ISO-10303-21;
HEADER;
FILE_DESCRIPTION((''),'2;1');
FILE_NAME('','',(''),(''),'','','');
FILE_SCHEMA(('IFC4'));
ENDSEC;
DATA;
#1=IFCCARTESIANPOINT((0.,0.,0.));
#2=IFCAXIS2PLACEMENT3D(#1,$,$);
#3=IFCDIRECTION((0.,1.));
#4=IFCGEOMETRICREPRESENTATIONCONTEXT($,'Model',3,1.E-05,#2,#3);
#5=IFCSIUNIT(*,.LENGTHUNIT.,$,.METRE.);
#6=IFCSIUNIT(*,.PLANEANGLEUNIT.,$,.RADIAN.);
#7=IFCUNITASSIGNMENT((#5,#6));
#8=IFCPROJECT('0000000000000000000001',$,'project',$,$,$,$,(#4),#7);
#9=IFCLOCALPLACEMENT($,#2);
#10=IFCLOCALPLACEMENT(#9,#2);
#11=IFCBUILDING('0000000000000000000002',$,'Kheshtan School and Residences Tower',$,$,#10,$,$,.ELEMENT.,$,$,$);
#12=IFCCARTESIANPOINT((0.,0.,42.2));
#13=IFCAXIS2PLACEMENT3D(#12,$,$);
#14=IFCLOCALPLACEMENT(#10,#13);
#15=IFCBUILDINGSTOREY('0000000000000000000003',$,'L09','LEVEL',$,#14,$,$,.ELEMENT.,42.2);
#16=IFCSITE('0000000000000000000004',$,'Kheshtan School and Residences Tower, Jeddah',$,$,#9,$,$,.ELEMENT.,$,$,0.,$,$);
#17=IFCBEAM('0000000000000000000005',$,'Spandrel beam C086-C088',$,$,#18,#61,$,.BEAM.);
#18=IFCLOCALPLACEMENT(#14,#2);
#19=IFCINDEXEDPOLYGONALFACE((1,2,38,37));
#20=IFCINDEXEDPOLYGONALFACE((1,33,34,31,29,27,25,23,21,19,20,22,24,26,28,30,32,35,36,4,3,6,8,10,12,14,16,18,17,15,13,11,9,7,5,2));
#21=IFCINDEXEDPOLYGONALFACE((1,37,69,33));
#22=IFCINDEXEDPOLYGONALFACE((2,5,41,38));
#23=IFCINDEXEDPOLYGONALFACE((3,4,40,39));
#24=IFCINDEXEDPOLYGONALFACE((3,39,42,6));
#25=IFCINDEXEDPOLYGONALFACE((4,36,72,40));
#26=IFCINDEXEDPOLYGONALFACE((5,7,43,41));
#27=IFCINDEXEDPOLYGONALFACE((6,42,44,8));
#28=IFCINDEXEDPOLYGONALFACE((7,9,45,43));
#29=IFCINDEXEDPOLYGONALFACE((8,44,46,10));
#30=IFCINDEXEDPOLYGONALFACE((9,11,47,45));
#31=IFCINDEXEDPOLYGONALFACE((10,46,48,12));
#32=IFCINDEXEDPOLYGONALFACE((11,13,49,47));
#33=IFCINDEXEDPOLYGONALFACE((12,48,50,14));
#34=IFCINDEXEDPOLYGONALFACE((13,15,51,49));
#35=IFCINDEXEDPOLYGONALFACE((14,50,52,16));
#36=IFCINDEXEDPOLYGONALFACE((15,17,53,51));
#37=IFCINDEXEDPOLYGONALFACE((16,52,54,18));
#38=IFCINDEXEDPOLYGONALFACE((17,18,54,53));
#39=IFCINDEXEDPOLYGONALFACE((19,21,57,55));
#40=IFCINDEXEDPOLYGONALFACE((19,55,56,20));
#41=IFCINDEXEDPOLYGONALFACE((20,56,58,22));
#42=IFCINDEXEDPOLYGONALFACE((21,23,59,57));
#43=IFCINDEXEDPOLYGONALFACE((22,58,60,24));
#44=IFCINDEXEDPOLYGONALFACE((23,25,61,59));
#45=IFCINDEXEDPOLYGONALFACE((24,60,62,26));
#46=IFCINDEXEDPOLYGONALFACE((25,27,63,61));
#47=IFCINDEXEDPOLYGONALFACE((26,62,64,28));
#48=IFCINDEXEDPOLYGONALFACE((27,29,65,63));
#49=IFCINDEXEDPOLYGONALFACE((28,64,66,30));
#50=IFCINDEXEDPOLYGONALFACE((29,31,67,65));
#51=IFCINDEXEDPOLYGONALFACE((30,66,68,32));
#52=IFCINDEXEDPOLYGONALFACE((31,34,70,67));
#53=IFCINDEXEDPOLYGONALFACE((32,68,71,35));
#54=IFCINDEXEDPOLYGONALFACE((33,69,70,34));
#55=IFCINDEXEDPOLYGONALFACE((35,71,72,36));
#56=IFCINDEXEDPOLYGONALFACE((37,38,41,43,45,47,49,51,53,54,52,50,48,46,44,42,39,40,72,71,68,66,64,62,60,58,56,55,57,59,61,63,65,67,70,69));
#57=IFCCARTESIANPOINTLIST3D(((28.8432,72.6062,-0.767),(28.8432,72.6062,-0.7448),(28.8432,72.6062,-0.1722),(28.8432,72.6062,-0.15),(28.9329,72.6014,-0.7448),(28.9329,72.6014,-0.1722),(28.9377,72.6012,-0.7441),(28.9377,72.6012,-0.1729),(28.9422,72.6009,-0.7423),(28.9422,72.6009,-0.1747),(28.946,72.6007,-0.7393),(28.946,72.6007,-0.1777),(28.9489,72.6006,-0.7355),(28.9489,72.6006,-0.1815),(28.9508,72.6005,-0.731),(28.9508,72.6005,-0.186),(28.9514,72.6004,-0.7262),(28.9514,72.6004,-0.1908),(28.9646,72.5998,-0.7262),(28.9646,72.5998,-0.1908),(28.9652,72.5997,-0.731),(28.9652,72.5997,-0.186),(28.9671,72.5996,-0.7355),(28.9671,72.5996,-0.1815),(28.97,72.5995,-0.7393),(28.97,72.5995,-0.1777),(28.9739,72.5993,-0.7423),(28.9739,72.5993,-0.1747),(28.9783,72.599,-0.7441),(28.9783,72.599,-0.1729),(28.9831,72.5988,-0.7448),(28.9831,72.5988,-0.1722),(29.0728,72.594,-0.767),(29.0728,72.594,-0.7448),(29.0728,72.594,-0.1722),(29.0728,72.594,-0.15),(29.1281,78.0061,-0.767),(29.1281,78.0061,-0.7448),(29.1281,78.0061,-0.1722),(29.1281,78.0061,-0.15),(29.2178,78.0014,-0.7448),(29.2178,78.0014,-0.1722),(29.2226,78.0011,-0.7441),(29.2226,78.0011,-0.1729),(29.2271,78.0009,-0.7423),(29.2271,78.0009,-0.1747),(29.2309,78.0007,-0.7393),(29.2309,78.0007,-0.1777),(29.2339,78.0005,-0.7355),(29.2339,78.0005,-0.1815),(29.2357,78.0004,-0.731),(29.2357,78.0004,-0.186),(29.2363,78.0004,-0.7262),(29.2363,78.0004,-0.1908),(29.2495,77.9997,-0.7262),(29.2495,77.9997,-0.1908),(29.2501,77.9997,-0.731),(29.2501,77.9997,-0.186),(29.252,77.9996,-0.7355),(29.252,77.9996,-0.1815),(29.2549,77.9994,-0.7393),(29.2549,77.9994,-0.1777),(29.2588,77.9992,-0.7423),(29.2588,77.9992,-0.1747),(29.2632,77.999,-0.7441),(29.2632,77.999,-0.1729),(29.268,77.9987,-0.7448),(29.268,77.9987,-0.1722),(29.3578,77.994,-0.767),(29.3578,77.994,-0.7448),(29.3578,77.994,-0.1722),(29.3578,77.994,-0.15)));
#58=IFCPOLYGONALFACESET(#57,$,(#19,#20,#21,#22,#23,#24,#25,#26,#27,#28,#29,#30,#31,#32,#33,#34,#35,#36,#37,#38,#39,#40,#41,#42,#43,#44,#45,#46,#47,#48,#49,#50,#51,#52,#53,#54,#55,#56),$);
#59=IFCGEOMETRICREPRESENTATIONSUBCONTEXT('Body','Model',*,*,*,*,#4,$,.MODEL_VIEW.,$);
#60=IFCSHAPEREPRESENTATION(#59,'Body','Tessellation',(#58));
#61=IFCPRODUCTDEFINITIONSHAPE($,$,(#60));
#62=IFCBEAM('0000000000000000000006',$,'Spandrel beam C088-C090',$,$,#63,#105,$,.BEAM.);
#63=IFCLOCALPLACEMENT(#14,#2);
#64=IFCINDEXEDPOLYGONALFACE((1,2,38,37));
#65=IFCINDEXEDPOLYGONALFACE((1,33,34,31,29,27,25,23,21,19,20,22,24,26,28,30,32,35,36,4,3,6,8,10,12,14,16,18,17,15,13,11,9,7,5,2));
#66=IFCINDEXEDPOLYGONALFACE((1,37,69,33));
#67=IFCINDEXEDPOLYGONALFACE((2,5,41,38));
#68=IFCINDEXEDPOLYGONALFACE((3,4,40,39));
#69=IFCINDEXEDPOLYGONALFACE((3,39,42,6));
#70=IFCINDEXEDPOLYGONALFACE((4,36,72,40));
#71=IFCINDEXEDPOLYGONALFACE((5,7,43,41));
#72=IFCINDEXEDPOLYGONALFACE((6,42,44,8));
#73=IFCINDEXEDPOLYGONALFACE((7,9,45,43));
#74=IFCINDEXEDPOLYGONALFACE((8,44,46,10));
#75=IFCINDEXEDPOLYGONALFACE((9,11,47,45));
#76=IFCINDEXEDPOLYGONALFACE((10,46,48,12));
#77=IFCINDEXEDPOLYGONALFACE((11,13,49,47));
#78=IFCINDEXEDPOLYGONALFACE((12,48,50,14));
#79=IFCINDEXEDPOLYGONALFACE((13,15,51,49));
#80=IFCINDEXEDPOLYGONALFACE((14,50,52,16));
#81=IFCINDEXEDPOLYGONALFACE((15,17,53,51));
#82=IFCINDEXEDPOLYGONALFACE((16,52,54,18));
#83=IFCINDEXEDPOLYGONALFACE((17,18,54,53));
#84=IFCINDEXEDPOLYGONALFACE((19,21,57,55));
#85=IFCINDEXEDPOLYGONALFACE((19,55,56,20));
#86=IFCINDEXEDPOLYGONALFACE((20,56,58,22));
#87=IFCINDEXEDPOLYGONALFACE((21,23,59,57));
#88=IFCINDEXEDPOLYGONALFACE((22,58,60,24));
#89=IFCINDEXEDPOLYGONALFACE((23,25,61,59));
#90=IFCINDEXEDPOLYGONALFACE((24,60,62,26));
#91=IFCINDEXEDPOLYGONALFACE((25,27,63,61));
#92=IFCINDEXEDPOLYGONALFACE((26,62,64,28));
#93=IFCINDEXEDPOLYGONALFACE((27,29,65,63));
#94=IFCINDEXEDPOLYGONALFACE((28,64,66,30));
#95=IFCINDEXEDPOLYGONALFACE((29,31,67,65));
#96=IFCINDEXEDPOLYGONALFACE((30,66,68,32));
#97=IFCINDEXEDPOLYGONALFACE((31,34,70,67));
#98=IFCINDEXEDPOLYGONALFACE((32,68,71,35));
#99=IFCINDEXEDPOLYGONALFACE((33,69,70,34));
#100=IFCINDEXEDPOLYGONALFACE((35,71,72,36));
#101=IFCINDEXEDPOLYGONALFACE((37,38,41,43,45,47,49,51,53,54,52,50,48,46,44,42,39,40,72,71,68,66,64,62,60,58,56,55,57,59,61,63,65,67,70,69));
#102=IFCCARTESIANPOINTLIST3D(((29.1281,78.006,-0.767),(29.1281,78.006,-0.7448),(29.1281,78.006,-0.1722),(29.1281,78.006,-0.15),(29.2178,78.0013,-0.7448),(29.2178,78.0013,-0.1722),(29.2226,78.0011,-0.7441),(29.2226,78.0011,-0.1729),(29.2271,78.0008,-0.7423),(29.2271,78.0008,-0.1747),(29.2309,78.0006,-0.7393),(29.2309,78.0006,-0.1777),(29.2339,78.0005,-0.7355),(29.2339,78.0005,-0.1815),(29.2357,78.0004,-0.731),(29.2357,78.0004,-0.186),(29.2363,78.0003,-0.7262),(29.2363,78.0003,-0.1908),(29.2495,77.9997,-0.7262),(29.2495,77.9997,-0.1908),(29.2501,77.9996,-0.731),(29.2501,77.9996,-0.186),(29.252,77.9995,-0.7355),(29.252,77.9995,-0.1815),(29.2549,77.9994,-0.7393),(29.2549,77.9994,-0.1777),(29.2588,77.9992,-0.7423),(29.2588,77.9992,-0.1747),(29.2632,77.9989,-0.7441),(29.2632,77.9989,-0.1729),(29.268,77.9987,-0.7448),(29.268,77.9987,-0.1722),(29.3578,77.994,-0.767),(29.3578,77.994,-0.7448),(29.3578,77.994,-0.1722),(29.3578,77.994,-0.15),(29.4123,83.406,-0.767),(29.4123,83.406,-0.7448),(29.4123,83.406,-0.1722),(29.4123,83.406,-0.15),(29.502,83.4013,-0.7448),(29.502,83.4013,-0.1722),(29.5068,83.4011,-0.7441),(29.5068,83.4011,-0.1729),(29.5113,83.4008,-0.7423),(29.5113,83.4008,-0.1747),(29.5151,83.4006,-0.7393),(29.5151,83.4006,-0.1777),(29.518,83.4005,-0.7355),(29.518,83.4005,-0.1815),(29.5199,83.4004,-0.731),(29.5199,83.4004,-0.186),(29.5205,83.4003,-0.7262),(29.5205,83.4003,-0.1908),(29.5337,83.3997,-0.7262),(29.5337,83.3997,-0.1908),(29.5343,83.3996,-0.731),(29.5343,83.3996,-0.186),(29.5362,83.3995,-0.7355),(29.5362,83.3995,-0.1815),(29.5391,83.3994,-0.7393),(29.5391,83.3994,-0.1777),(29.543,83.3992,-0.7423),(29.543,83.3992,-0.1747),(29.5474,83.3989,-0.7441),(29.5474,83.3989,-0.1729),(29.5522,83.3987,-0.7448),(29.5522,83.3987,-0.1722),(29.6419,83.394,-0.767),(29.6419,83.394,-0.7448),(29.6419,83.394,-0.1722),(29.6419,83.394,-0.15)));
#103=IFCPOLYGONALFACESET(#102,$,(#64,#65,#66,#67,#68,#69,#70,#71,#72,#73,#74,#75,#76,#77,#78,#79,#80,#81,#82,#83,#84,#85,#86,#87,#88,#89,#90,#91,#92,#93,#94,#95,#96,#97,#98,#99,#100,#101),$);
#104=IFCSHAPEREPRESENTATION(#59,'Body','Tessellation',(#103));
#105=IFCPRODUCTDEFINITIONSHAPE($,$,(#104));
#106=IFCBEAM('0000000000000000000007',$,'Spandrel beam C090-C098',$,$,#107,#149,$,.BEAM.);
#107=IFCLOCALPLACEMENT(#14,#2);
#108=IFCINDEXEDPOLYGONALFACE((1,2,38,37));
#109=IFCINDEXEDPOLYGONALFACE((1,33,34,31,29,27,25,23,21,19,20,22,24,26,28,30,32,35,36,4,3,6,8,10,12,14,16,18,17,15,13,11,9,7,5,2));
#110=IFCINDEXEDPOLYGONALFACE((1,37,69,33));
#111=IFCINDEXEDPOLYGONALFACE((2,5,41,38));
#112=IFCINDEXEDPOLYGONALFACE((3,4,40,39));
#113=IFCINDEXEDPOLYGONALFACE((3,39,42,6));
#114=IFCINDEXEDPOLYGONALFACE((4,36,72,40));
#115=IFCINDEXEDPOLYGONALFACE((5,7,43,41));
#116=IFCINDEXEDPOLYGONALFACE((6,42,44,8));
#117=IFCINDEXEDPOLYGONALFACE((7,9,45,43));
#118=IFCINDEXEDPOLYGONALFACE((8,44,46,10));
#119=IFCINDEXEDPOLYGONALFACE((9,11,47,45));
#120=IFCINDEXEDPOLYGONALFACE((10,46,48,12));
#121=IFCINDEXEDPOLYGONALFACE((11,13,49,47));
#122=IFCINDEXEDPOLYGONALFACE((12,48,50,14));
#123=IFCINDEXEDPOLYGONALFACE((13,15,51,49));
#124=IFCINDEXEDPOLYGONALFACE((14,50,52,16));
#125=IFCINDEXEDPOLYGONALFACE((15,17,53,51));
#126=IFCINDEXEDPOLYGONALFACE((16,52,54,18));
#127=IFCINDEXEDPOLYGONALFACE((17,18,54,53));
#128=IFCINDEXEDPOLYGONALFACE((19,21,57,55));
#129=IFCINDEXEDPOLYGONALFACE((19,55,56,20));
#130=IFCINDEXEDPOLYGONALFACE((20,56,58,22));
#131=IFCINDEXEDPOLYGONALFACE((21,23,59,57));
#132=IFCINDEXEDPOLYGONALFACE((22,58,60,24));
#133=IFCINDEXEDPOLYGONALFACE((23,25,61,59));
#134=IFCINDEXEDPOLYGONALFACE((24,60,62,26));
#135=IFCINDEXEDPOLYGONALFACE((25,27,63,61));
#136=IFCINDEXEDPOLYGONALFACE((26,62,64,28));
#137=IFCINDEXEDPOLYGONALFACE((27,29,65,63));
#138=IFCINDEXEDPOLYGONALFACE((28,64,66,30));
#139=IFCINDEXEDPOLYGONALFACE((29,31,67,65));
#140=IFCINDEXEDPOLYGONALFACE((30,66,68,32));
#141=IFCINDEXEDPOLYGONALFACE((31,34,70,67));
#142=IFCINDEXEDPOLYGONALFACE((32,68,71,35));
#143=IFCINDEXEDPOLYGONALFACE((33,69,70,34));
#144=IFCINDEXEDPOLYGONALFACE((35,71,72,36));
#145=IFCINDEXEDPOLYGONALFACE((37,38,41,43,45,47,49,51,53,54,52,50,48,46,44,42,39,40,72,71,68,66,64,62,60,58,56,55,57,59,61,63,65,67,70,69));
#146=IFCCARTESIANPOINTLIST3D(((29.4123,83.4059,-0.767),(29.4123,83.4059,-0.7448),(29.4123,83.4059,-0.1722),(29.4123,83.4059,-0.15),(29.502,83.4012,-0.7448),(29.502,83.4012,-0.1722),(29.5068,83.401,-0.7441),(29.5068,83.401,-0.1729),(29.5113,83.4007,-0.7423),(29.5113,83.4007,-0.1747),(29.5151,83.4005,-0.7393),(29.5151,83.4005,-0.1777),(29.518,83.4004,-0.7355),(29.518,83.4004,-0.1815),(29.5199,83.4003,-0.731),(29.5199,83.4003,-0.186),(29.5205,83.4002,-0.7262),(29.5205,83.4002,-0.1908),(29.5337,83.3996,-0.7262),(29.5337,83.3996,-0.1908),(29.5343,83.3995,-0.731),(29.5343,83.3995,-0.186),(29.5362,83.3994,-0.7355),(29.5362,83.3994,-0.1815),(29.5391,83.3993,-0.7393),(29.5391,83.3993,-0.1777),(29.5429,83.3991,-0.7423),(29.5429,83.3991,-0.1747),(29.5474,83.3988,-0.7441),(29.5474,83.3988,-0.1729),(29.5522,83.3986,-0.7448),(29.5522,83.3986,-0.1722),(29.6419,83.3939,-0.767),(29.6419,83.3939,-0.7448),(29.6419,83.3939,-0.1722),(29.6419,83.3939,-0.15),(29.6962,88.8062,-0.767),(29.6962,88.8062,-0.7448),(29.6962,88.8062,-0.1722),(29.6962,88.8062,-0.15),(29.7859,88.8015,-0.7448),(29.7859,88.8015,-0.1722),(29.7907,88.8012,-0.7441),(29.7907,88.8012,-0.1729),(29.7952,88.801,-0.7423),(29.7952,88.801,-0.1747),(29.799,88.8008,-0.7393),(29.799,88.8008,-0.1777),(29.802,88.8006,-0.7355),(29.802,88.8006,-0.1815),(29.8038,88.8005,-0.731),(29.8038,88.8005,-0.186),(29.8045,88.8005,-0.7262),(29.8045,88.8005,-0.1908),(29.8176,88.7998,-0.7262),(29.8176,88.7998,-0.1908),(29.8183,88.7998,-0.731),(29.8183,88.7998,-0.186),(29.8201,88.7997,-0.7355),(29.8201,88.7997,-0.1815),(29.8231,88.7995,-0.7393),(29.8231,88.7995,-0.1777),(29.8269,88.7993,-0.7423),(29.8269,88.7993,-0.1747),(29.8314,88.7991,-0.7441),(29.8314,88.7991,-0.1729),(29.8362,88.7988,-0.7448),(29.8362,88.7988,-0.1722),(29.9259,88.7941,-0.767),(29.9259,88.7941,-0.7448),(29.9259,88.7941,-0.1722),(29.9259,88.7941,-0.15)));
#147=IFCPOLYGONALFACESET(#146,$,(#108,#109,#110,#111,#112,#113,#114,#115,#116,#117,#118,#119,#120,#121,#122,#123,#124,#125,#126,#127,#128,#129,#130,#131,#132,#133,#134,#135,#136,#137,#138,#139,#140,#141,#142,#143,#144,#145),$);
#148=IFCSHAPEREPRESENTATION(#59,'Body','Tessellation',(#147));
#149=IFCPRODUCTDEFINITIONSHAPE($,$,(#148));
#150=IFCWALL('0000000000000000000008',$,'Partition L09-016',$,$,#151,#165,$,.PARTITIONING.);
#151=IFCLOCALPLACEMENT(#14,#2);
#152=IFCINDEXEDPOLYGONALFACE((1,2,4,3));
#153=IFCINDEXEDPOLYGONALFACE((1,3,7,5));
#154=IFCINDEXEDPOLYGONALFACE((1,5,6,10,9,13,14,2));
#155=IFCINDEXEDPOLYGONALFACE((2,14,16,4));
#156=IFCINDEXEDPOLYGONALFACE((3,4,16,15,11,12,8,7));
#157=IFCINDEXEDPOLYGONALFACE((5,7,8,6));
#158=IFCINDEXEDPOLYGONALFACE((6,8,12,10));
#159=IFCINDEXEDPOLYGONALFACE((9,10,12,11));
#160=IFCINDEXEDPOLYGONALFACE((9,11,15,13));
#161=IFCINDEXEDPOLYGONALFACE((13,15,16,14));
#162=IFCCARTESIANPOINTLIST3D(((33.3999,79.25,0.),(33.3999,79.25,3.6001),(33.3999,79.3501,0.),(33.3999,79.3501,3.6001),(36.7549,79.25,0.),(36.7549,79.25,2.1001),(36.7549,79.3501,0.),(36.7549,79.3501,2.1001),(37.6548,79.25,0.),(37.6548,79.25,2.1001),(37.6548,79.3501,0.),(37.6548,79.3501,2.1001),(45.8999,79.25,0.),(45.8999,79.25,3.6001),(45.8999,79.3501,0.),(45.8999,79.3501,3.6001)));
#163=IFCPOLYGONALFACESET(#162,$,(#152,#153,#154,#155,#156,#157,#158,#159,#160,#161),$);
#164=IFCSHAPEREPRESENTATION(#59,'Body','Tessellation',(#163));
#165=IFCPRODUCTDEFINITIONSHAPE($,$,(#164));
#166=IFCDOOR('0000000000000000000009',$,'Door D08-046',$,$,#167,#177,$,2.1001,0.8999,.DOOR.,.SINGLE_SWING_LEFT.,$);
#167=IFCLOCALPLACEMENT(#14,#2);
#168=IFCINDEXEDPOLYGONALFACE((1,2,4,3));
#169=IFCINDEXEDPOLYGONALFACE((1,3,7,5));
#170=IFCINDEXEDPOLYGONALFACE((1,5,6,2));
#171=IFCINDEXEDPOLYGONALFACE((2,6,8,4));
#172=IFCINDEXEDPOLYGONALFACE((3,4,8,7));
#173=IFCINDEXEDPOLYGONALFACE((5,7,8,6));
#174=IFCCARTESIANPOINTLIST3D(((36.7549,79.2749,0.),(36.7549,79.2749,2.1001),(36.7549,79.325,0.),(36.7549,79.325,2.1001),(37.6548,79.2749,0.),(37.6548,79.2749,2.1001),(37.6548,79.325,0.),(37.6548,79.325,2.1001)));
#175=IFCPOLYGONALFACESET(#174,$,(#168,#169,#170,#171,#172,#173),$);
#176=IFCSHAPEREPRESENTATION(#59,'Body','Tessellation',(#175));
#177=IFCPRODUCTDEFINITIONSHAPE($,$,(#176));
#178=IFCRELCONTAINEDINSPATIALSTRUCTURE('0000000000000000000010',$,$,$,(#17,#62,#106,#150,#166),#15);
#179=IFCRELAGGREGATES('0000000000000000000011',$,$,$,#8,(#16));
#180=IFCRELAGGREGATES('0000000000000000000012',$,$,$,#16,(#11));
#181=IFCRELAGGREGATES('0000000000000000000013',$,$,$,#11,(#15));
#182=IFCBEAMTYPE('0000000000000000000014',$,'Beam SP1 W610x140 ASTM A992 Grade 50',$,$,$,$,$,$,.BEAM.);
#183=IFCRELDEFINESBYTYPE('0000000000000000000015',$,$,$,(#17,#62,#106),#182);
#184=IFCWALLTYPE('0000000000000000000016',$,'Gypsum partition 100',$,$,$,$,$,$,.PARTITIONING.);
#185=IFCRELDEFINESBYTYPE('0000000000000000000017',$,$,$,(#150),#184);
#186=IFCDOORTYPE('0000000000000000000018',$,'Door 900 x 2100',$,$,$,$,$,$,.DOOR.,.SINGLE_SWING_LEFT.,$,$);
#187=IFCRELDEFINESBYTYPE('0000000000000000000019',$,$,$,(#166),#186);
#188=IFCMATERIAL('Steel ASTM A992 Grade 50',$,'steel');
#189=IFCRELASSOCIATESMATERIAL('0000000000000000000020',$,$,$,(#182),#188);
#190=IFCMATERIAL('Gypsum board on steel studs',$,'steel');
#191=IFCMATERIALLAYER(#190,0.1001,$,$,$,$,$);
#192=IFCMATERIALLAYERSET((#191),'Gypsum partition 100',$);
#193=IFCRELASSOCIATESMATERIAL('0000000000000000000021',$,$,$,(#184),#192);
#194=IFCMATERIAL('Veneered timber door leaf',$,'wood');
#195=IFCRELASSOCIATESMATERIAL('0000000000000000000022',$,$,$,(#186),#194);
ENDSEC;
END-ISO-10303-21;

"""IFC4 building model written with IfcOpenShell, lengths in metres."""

from ifc_helpers import new_model, si_unit, direction, frame, frame_2d, origin, origin_2d, place, context, subcontext, project, spatial, rectangle, i_section, extrude, source, transform, mapped, material, layer, layer_set, material_profile, profile_set, type_object, element, fill, save


model = new_model("IFC4")

# Units and contexts
model_context = context("Model", 3, precision=1e-05, world=origin(), true_north=direction((0.0, 1.0)))
body_context = subcontext(model_context, "Body", "Model", "MODEL_VIEW")
ifc_project = project(units=[si_unit("LENGTHUNIT", "METRE"), si_unit("PLANEANGLEUNIT", "RADIAN")], contexts=[model_context])

# Site, building, storey
site_placement = place(None, origin())
site = spatial("IfcSite", under=ifc_project, at=site_placement, Name="Kheshtan School and Residences Tower, Jeddah", CompositionType="ELEMENT", RefElevation=0.0)
building_placement = place(site_placement, origin())
building = spatial("IfcBuilding", under=site, at=building_placement, Name="Kheshtan School and Residences Tower", CompositionType="ELEMENT")
storey_placement = place(building_placement, frame((0.0, 0.0, 42.2)))
storey = spatial("IfcBuildingStorey", under=building, at=storey_placement, Name="L09", Description="LEVEL", CompositionType="ELEMENT", Elevation=42.2)

# Shared definitions
ifc_material_1 = material(Name="Steel ASTM A992 Grade 50", Category="steel")

# Beams
ifc_material_profile_1 = material_profile(ifc_material_1, i_section(OverallWidth=0.23, OverallDepth=0.6169, WebThickness=0.0132, FlangeThickness=0.0222, FilletRadius=0.0186, at=origin_2d()), Name="W610x140")
ifc_profile_set_1 = profile_set([ifc_material_profile_1], Name="Steel ASTM A992 Grade 50")
beam_type_1 = type_object("IfcBeamType", Name="Beam SP1 W610x140 ASTM A992 Grade 50", PredefinedType="BEAM", material=ifc_profile_set_1)
for number, where, z_axis, x_axis, name in (
    (1, (28.958, 72.6001, -0.4585), (0.052689, 0.998611, 0.0), (-0.998611, 0.052689, 0.0), "Spandrel beam C086-C088"),
    (2, (29.2429, 78.0, -0.4585), (0.052554, 0.998618, 0.0), (-0.998618, 0.052554, 0.0), "Spandrel beam C088-C090"),
):
    element("IfcBeam", number, at=place(storey_placement, frame(where, z_axis=z_axis, x_axis=x_axis)), inside=storey, type_object=beam_type_1, Name=name, PredefinedType="BEAM", context=body_context, shape_type="SweptSolid", body=[
        extrude(i_section(OverallWidth=0.23, OverallDepth=0.6169, WebThickness=0.0132, FlangeThickness=0.0222, FilletRadius=0.0186, at=origin_2d()), origin(), (0.0, 0.0, 1.0), 5.4075),
    ])
beam_1_placement = place(storey_placement, frame((29.5271, 83.3999, -0.4585), z_axis=(0.052507, 0.998621, 0.0), x_axis=(-0.998621, 0.052507, 0.0)))
element("IfcBeam", 3, at=beam_1_placement, inside=storey, type_object=beam_type_1, Name="Spandrel beam C090-C098", PredefinedType="BEAM", context=body_context, shape_type="SweptSolid", body=[
    extrude(i_section(OverallWidth=0.23, OverallDepth=0.6169, WebThickness=0.0132, FlangeThickness=0.0222, FilletRadius=0.0186, at=origin_2d()), origin(), (0.0, 0.0, 1.0), 5.4077),
])

# Wall, opening, door
ifc_material_2 = material(Name="Gypsum board on steel studs", Category="steel")
ifc_layer_1 = layer(ifc_material_2, 0.1001)
ifc_layer_set_1 = layer_set([ifc_layer_1], Name="Gypsum partition 100")
wall_type_1 = type_object("IfcWallType", Name="Gypsum partition 100", PredefinedType="PARTITIONING", material=ifc_layer_set_1)
wall_1_placement = place(storey_placement, frame((33.3999, 79.3, 0.0), z_axis=(0.0, 0.0, 1.0), x_axis=(1.0, 0.0, 0.0)))
wall_1 = element("IfcWall", 4, at=wall_1_placement, inside=storey, type_object=wall_type_1, Name="Partition L09-016", PredefinedType="PARTITIONING", context=body_context, shape_type="SweptSolid", body=[
    extrude(rectangle(XDim=12.5, YDim=0.1001, at=frame_2d((6.25, 0.0))), origin(), (0.0, 0.0, 1.0), 3.6001),
])
opening_1_placement = place(wall_1_placement, frame((3.355, 0.0, 0.0)))
opening_1 = element("IfcOpeningElement", 5, at=opening_1_placement, cuts=wall_1, PredefinedType="OPENING", context=body_context, shape_type="SweptSolid", body=[
    extrude(rectangle(XDim=0.8999, YDim=2.1001, at=frame_2d((0.45, 1.05))), frame((0.0, 0.0601, 0.0), z_axis=(0.0, -1.0, 0.0), x_axis=(1.0, 0.0, 0.0)), (0.0, 0.0, 1.0), 0.1201),
])
ifc_material_3 = material(Name="Veneered timber door leaf", Category="wood")
door_type_1 = type_object("IfcDoorType", Name="Door 900 x 2100", OperationType="SINGLE_SWING_LEFT", PredefinedType="DOOR", material=ifc_material_3)
shared_shape_1 = source(origin(), body_context, "Body", "SweptSolid", [
    extrude(rectangle(XDim=0.8999, YDim=2.1001, at=frame_2d((0.45, 1.05))), frame((0.0, 0.0249, 0.0), z_axis=(0.0, -1.0, 0.0), x_axis=(1.0, 0.0, 0.0)), (0.0, 0.0, 1.0), 0.05),
])
door_1_placement = place(opening_1_placement, origin())
door_1 = element("IfcDoor", 6, at=door_1_placement, inside=storey, type_object=door_type_1, Name="Door D08-046", OperationType="SINGLE_SWING_LEFT", OverallHeight=2.1001, OverallWidth=0.8999, PredefinedType="DOOR", context=body_context, shape_type="MappedRepresentation", body=[
    mapped(shared_shape_1, transform((0.0, 0.0, 0.0), x_axis=(1.0, 0.0, 0.0), y_axis=(0.0, 1.0, 0.0), z_axis=(0.0, 0.0, 1.0), scale=1.0)),
])
fill(opening_1, door_1)

save(model, "model.ifc")
